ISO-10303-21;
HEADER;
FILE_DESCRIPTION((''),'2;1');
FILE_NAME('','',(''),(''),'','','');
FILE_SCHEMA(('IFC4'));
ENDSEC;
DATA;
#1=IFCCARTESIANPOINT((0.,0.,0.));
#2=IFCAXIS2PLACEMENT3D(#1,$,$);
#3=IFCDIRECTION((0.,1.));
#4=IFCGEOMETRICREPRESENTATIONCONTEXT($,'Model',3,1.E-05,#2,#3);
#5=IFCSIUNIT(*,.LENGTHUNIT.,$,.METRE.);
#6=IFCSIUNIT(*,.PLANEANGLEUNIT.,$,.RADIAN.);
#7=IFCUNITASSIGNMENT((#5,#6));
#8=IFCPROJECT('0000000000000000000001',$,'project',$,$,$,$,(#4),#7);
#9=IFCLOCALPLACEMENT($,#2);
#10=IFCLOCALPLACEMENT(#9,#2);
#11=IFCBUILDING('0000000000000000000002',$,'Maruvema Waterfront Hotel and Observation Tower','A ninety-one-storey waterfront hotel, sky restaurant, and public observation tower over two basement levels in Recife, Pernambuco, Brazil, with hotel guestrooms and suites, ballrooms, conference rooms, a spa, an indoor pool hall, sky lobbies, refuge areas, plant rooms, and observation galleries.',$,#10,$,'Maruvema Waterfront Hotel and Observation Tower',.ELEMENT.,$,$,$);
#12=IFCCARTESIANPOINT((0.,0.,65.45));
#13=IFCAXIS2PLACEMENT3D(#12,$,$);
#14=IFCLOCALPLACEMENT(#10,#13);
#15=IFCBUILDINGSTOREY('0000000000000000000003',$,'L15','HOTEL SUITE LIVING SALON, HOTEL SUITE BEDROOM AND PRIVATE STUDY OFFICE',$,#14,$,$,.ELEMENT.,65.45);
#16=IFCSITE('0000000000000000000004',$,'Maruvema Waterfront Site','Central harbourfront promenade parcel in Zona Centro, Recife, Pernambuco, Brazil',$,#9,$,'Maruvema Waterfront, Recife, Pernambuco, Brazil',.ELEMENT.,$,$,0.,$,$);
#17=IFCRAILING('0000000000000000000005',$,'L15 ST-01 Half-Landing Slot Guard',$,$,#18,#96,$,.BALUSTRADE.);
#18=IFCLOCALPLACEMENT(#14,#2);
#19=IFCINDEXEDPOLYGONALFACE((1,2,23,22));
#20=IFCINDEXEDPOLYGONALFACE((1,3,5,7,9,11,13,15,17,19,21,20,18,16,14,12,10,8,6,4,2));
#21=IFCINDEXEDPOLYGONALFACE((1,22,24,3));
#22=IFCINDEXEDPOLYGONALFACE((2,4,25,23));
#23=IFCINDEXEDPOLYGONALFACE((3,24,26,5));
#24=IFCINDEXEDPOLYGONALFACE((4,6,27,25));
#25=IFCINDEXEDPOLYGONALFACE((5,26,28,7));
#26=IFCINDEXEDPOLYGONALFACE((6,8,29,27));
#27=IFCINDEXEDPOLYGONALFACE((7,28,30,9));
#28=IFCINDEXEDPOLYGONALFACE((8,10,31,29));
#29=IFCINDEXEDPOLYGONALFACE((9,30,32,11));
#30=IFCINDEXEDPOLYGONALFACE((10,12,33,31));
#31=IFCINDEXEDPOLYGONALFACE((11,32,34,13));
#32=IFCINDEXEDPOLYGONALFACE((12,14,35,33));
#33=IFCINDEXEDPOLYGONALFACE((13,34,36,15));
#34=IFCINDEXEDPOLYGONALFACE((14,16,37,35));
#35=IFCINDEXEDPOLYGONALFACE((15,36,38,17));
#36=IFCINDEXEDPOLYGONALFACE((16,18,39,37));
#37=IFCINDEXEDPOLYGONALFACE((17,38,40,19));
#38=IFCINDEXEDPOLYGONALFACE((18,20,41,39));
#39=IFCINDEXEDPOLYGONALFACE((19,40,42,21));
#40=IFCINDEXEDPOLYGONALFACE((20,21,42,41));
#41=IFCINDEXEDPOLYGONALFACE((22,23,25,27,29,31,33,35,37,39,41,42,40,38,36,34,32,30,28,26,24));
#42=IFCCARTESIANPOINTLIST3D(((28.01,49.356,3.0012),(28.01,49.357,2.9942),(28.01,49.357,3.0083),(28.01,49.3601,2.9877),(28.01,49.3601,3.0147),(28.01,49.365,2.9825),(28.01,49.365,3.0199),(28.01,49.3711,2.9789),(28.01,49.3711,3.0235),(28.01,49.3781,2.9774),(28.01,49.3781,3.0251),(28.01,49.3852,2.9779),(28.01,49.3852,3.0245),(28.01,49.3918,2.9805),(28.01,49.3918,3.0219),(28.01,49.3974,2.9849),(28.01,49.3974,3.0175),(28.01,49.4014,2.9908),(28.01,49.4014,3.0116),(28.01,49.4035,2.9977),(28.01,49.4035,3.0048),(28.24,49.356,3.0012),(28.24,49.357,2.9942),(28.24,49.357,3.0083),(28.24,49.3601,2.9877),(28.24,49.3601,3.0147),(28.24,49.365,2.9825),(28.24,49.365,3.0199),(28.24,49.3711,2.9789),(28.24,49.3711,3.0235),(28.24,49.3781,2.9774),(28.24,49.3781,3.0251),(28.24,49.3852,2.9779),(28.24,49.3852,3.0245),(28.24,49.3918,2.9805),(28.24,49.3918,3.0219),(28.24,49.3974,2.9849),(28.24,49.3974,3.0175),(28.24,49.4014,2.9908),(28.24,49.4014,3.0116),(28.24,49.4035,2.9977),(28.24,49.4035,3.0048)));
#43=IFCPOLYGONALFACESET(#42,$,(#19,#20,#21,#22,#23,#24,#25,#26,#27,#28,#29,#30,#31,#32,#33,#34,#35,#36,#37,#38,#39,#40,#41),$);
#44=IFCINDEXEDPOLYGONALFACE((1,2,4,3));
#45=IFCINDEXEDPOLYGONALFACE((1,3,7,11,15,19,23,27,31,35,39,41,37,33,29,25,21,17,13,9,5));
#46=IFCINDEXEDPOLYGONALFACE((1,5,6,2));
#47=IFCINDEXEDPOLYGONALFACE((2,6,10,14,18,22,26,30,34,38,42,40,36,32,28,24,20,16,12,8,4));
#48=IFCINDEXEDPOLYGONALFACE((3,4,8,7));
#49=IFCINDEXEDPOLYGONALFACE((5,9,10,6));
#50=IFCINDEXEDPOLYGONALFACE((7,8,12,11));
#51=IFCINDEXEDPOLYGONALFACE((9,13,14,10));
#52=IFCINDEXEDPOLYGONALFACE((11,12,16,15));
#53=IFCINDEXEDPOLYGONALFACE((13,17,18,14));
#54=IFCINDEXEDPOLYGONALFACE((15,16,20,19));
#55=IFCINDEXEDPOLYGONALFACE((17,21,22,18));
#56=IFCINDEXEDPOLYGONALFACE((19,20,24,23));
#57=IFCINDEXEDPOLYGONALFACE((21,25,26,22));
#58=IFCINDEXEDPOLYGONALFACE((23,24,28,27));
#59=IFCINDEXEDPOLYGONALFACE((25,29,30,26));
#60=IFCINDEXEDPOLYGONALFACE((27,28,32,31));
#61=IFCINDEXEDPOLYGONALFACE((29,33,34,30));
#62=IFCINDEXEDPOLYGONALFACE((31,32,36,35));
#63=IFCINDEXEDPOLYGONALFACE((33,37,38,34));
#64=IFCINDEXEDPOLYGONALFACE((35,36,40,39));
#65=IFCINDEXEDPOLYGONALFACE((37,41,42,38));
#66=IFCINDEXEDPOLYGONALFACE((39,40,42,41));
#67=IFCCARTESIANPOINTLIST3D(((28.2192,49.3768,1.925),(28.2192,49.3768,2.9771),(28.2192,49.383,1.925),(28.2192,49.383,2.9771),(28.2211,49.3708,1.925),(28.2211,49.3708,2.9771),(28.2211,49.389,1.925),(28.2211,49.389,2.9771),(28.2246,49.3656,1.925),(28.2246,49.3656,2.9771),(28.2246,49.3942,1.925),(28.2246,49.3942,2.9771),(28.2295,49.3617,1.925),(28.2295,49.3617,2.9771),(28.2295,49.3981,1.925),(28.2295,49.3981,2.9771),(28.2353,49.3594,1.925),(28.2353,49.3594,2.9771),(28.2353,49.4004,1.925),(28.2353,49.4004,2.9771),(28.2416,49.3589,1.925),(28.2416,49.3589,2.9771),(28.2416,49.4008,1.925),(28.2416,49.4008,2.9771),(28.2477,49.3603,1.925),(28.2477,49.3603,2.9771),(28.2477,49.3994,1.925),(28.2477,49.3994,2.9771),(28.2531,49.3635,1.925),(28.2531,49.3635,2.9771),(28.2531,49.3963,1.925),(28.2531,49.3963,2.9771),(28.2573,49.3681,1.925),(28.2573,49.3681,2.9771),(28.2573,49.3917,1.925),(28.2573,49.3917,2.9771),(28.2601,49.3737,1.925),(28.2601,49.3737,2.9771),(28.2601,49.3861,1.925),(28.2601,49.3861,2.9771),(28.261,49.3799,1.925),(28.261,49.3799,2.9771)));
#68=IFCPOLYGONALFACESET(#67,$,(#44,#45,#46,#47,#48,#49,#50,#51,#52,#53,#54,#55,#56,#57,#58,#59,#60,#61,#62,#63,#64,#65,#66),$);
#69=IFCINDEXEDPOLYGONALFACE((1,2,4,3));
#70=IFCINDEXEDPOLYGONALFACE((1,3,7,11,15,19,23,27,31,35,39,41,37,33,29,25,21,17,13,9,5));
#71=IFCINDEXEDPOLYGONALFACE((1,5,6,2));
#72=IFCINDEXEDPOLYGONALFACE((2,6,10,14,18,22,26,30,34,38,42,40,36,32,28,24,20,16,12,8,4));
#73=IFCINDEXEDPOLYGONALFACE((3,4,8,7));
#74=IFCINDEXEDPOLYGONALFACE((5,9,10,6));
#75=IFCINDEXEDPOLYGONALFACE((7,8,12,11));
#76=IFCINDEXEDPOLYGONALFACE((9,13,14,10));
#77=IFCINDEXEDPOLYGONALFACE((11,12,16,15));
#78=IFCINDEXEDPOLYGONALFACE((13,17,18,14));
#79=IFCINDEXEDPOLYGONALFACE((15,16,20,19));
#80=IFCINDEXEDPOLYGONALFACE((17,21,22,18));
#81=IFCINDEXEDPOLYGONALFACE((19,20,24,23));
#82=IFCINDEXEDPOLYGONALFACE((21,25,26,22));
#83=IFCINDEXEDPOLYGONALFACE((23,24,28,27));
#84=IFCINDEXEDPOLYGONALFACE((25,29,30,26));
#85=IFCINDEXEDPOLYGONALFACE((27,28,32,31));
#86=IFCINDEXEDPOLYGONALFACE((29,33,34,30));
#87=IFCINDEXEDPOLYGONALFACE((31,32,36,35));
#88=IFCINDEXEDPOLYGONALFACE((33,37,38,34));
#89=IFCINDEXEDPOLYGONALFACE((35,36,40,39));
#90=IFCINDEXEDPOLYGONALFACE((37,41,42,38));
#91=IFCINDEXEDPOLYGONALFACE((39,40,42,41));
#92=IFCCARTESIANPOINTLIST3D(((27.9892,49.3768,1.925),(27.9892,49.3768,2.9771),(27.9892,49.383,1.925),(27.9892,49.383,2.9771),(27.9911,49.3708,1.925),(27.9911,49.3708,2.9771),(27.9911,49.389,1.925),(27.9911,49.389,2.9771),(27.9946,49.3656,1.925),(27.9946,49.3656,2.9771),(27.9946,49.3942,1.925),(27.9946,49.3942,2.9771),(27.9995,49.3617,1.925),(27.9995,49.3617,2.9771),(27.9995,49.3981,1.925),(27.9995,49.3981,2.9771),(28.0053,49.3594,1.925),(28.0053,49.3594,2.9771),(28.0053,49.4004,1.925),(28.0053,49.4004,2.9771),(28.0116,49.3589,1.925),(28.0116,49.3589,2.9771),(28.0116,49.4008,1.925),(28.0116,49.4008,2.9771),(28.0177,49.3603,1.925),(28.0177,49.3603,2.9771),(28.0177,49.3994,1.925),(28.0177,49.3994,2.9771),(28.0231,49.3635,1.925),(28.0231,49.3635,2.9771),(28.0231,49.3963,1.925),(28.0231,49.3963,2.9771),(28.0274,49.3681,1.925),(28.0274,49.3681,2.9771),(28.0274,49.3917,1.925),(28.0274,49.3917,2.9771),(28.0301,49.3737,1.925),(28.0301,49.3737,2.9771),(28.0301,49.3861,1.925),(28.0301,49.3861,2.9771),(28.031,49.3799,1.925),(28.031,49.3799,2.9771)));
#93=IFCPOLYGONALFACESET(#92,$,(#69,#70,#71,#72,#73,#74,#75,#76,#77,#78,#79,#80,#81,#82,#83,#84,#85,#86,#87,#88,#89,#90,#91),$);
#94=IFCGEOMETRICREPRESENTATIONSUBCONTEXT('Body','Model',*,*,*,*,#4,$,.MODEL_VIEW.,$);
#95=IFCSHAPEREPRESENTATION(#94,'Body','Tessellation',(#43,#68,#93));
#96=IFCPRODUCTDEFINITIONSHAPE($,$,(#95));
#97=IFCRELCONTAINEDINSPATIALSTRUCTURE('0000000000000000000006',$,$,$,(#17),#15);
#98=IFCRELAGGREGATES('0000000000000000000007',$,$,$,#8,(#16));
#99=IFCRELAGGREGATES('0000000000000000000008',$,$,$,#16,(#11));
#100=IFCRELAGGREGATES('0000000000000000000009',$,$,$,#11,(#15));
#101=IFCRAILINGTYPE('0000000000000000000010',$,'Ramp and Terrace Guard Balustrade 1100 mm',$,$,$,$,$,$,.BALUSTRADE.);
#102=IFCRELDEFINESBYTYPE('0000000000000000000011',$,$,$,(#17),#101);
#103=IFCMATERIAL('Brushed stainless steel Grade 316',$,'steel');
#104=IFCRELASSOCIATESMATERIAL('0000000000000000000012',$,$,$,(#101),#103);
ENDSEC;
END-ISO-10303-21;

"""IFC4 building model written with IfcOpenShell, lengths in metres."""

from ifc_helpers import new_model, si_unit, direction, frame, origin, origin_2d, place, context, subcontext, project, spatial, circle, extrude, material, type_object, element, save


model = new_model("IFC4")

# Units and contexts
model_context = context("Model", 3, precision=1e-05, world=origin(), true_north=direction((0.0, 1.0)))
body_context = subcontext(model_context, "Body", "Model", "MODEL_VIEW")
ifc_project = project(units=[si_unit("LENGTHUNIT", "METRE"), si_unit("PLANEANGLEUNIT", "RADIAN")], contexts=[model_context])

# Site, building, storey
site_placement = place(None, origin())
site = spatial("IfcSite", under=ifc_project, at=site_placement, Name="Maruvema Waterfront Site", Description="Central harbourfront promenade parcel in Zona Centro, Recife, Pernambuco, Brazil", LongName="Maruvema Waterfront, Recife, Pernambuco, Brazil", CompositionType="ELEMENT", RefElevation=0.0)
building_placement = place(site_placement, origin())
building = spatial("IfcBuilding", under=site, at=building_placement, Name="Maruvema Waterfront Hotel and Observation Tower", Description="A ninety-one-storey waterfront hotel, sky restaurant, and public observation tower over two basement levels in Recife, Pernambuco, Brazil, with hotel guestrooms and suites, ballrooms, conference rooms, a spa, an indoor pool hall, sky lobbies, refuge areas, plant rooms, and observation galleries.", LongName="Maruvema Waterfront Hotel and Observation Tower", CompositionType="ELEMENT")
storey_placement = place(building_placement, frame((0.0, 0.0, 65.45)))
storey = spatial("IfcBuildingStorey", under=building, at=storey_placement, Name="L15", Description="HOTEL SUITE LIVING SALON, HOTEL SUITE BEDROOM AND PRIVATE STUDY OFFICE", CompositionType="ELEMENT", Elevation=65.45)

# Railing
ifc_material_1 = material(Name="Brushed stainless steel Grade 316", Category="steel")
railing_type_1 = type_object("IfcRailingType", Name="Ramp and Terrace Guard Balustrade 1100 mm", PredefinedType="BALUSTRADE", material=ifc_material_1)
railing_1_placement = place(storey_placement, frame((28.24, 49.3799, 1.925)))
element("IfcRailing", 1, at=railing_1_placement, inside=storey, type_object=railing_type_1, Name="L15 ST-01 Half-Landing Slot Guard", PredefinedType="BALUSTRADE", context=body_context, shape_type="SweptSolid", body=[
    extrude(circle(Radius=0.0239, at=origin_2d()), frame((0.0, 0.0, 1.0762), z_axis=(-1.0, 0.0, 0.0), x_axis=(0.0, -1.0, 0.0)), (0.0, 0.0, 1.0), 0.23),
    extrude(circle(Radius=0.021, at=origin_2d()), origin(), (0.0, 0.0, 1.0), 1.052),
    extrude(circle(Radius=0.021, at=origin_2d()), frame((-0.23, 0.0, 0.0)), (0.0, 0.0, 1.0), 1.052),
])

save(model, "model.ifc")
